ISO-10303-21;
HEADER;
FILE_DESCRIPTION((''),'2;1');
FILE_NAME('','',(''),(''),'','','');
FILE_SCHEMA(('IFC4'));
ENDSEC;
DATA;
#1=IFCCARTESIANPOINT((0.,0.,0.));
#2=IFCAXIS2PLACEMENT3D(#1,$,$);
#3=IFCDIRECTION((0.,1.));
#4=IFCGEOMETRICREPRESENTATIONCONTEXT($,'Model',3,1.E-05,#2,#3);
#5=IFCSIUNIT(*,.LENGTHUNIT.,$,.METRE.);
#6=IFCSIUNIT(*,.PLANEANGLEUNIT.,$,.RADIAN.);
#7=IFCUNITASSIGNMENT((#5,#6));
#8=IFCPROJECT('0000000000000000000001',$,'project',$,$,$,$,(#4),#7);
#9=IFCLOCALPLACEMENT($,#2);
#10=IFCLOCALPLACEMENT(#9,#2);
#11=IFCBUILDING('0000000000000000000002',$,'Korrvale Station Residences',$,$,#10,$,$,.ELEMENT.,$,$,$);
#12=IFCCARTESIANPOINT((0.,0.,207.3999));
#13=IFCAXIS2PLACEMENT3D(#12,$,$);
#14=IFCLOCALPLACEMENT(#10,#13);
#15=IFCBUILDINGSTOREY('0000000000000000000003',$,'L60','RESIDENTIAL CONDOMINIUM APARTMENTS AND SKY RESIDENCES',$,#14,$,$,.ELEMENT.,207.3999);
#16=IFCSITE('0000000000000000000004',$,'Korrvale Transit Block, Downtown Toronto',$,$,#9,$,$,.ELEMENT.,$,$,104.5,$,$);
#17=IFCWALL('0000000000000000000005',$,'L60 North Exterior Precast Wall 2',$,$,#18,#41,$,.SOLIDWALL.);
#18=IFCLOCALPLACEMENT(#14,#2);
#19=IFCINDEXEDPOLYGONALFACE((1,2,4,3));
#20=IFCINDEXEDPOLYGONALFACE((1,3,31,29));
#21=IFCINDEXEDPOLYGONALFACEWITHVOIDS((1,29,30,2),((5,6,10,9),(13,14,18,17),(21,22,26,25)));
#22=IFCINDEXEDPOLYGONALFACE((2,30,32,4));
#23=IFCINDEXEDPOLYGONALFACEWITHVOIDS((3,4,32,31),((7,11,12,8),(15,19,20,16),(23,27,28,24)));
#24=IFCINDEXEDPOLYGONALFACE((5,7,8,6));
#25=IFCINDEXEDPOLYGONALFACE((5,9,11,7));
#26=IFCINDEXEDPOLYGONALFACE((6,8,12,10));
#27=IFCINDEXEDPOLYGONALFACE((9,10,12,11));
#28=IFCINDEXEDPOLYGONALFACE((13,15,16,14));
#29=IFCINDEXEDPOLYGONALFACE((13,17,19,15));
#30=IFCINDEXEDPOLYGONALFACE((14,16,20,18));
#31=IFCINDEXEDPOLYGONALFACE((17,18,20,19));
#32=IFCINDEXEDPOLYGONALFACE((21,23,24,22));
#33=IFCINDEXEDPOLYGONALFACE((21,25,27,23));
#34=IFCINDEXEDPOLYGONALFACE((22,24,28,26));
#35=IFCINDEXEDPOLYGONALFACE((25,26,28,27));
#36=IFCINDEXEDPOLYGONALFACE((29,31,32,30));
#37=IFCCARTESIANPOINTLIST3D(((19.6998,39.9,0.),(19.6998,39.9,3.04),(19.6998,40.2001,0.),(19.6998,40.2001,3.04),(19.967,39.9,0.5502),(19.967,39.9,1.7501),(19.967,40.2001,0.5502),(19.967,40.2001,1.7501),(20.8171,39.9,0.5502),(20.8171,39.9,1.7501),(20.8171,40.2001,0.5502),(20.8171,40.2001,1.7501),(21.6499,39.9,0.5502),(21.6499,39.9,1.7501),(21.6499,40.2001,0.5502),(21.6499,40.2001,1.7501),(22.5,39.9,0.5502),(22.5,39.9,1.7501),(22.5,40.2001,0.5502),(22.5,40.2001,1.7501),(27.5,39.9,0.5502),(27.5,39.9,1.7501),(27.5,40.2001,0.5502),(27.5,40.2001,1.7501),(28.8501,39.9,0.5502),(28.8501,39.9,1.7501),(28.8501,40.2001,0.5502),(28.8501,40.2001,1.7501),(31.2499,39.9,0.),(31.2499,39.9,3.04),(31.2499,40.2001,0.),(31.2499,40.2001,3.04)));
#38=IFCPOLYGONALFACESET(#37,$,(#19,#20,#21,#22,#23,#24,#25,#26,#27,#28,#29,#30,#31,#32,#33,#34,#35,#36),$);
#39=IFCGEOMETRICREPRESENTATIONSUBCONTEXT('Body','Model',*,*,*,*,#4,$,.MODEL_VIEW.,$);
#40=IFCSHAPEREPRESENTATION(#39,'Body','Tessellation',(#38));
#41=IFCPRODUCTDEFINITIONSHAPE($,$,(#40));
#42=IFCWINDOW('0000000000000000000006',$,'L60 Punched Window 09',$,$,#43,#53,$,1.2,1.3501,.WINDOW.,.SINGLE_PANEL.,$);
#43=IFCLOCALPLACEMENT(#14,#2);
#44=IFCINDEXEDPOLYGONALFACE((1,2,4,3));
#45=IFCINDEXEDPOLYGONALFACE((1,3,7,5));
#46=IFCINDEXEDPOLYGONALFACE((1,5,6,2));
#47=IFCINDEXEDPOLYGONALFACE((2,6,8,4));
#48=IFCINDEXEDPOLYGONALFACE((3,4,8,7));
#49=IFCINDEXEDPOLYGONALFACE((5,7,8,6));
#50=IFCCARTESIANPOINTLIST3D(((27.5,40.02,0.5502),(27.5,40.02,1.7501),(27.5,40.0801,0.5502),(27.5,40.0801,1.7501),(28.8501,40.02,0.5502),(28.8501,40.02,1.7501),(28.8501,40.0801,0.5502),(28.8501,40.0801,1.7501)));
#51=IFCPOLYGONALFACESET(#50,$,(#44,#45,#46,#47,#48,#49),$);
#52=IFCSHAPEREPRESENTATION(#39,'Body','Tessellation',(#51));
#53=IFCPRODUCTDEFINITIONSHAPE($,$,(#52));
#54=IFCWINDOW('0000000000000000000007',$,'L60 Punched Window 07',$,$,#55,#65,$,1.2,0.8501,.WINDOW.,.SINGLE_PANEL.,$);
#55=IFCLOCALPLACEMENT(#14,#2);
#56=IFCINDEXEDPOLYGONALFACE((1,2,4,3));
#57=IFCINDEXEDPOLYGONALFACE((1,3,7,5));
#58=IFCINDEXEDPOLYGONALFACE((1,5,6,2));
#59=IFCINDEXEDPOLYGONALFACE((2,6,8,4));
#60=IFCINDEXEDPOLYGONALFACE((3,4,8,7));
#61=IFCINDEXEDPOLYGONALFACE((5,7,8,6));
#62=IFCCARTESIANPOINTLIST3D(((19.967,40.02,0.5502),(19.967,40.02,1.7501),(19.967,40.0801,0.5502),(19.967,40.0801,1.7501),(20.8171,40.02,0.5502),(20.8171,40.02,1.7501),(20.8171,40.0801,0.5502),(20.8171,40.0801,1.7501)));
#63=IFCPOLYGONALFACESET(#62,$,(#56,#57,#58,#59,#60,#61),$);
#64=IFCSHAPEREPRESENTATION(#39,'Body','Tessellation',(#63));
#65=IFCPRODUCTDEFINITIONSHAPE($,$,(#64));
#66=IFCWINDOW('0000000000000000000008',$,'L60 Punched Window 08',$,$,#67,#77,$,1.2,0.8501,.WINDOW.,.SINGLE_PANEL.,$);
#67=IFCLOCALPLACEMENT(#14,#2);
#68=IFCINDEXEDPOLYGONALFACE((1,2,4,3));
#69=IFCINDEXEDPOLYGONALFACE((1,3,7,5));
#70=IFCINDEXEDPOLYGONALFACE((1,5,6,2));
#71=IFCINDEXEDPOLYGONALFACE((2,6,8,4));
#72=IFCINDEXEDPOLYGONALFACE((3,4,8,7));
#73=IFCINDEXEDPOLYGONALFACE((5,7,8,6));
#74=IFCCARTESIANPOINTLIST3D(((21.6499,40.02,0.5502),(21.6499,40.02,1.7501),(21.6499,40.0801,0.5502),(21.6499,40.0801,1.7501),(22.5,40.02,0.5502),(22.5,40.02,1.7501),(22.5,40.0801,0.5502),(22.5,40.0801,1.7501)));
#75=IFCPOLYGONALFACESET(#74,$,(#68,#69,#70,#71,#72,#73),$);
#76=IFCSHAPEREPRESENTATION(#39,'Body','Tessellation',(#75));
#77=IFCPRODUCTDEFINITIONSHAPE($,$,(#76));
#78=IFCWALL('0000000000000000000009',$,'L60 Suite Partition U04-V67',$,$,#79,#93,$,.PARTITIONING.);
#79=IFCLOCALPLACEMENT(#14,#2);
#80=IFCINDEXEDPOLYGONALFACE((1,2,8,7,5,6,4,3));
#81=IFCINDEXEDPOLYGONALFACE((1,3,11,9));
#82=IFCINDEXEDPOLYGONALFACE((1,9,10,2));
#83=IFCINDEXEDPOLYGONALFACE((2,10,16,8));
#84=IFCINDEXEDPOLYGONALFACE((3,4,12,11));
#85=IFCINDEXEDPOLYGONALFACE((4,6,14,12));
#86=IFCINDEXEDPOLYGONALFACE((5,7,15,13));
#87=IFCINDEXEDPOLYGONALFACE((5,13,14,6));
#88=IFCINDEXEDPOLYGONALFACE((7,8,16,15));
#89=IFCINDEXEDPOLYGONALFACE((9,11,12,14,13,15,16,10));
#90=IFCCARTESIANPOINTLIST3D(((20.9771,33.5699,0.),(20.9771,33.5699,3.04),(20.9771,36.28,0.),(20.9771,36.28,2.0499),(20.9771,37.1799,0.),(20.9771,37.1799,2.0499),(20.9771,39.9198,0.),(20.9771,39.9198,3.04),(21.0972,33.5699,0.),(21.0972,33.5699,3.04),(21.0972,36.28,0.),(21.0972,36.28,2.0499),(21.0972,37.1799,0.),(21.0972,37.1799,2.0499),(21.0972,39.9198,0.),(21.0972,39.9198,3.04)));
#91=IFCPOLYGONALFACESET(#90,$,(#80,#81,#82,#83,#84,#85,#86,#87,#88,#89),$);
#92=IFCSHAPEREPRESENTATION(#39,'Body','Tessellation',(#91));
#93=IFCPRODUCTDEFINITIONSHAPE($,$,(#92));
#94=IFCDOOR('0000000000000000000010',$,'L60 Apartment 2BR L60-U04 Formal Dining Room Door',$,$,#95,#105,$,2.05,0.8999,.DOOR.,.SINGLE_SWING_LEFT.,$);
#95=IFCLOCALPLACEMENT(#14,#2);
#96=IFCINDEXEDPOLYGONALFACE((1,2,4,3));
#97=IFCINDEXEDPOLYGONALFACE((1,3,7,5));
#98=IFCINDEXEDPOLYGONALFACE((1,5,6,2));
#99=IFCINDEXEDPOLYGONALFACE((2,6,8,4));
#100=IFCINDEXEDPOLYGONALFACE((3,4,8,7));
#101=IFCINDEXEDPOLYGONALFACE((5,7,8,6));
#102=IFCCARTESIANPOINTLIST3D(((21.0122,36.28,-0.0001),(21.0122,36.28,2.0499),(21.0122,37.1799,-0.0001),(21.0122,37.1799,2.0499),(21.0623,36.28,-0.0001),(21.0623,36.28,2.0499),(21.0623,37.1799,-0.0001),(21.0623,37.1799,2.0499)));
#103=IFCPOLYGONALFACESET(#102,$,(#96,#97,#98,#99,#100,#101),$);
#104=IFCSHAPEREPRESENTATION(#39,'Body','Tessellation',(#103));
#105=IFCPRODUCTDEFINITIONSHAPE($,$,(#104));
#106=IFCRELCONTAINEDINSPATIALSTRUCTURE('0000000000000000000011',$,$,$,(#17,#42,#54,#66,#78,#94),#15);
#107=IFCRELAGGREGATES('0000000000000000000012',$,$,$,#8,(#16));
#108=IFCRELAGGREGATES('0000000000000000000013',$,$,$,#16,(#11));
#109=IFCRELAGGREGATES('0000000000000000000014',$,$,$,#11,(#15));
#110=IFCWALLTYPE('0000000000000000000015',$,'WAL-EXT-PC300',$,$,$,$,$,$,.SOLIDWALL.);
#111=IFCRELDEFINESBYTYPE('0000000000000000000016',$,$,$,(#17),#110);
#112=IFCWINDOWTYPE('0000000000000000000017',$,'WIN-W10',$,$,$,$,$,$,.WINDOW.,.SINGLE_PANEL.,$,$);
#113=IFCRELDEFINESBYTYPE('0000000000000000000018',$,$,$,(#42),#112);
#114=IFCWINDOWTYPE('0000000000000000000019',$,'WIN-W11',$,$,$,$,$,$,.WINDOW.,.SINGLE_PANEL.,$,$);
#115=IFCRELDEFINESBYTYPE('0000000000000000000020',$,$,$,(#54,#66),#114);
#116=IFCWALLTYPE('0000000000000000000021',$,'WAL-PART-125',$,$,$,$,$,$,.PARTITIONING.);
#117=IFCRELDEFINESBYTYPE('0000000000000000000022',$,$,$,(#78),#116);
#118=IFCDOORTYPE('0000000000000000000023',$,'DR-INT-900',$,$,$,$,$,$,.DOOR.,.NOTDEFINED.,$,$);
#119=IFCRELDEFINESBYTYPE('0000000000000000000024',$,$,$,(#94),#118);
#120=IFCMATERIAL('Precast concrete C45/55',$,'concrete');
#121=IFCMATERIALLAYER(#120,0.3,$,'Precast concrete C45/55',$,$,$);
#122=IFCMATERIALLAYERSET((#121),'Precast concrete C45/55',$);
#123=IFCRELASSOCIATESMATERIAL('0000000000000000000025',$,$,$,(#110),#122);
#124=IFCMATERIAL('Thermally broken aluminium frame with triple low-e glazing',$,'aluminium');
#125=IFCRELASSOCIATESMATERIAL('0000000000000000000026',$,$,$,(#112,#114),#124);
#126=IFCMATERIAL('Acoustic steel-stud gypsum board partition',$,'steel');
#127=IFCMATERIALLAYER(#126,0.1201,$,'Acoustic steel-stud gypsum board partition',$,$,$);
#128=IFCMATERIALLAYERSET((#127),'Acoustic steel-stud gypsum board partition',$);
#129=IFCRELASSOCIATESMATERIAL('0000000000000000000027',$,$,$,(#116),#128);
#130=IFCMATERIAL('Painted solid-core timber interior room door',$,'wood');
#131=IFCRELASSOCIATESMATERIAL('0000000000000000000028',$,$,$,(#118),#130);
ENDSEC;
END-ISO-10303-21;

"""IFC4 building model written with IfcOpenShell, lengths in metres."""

from ifc_helpers import new_model, si_unit, direction, frame, frame_2d, origin, place, context, subcontext, project, spatial, rectangle, extrude, material, layer, layer_set, type_object, element, fill, save


model = new_model("IFC4")

# Units and contexts
model_context = context("Model", 3, precision=1e-05, world=origin(), true_north=direction((0.0, 1.0)))
body_context = subcontext(model_context, "Body", "Model", "MODEL_VIEW")
ifc_project = project(units=[si_unit("LENGTHUNIT", "METRE"), si_unit("PLANEANGLEUNIT", "RADIAN")], contexts=[model_context])

# Site, building, storey
site_placement = place(None, origin())
site = spatial("IfcSite", under=ifc_project, at=site_placement, Name="Korrvale Transit Block, Downtown Toronto", CompositionType="ELEMENT", RefElevation=104.5)
building_placement = place(site_placement, origin())
building = spatial("IfcBuilding", under=site, at=building_placement, Name="Korrvale Station Residences", CompositionType="ELEMENT")
storey_placement = place(building_placement, frame((0.0, 0.0, 207.3999)))
storey = spatial("IfcBuildingStorey", under=building, at=storey_placement, Name="L60", Description="RESIDENTIAL CONDOMINIUM APARTMENTS AND SKY RESIDENCES", CompositionType="ELEMENT", Elevation=207.3999)

# Shared definitions
ifc_material_1 = material(Name="Precast concrete C45/55", Category="concrete")

# Wall, openings, windows
ifc_layer_1 = layer(ifc_material_1, 0.3, Name="Precast concrete C45/55")
ifc_layer_set_1 = layer_set([ifc_layer_1], Name="Precast concrete C45/55")
wall_type_1 = type_object("IfcWallType", Name="WAL-EXT-PC300", PredefinedType="SOLIDWALL", material=ifc_layer_set_1)
wall_1_placement = place(storey_placement, frame((19.7, 40.05, 0.0), z_axis=(0.0, 0.0, 1.0), x_axis=(1.0, 0.0, 0.0)))
wall_1 = element("IfcWall", 1, at=wall_1_placement, inside=storey, type_object=wall_type_1, Name="L60 North Exterior Precast Wall 2", PredefinedType="SOLIDWALL", context=body_context, shape_type="SweptSolid", body=[
    extrude(rectangle(XDim=11.55, YDim=0.3, at=frame_2d((5.7749, 0.0))), origin(), (0.0, 0.0, 1.0), 3.04),
])
opening_1_placement = place(wall_1_placement, frame((0.2671, 0.0, 0.55)))
opening_1 = element("IfcOpeningElement", 2, at=opening_1_placement, cuts=wall_1, PredefinedType="OPENING", context=body_context, shape_type="SweptSolid", body=[
    extrude(rectangle(XDim=0.8501, YDim=1.2, at=frame_2d((0.425, 0.6001))), frame((0.0, 0.1602, 0.0), z_axis=(0.0, -1.0, 0.0), x_axis=(1.0, 0.0, 0.0)), (0.0, 0.0, 1.0), 0.3201),
])
opening_2_placement = place(wall_1_placement, frame((1.95, 0.0, 0.55)))
opening_2 = element("IfcOpeningElement", 3, at=opening_2_placement, cuts=wall_1, PredefinedType="OPENING", context=body_context, shape_type="SweptSolid", body=[
    extrude(rectangle(XDim=0.8501, YDim=1.2, at=frame_2d((0.425, 0.6001))), frame((0.0, 0.1602, 0.0), z_axis=(0.0, -1.0, 0.0), x_axis=(1.0, 0.0, 0.0)), (0.0, 0.0, 1.0), 0.3201),
])
opening_3_placement = place(wall_1_placement, frame((7.8, 0.0, 0.55)))
opening_3 = element("IfcOpeningElement", 4, at=opening_3_placement, cuts=wall_1, PredefinedType="OPENING", context=body_context, shape_type="SweptSolid", body=[
    extrude(rectangle(XDim=1.3501, YDim=1.2, at=frame_2d((0.675, 0.6001))), frame((0.0, 0.1602, 0.0), z_axis=(0.0, -1.0, 0.0), x_axis=(1.0, 0.0, 0.0)), (0.0, 0.0, 1.0), 0.3201),
])
ifc_material_2 = material(Name="Thermally broken aluminium frame with triple low-e glazing", Category="aluminium")
window_type_1 = type_object("IfcWindowType", Name="WIN-W10", PartitioningType="SINGLE_PANEL", PredefinedType="WINDOW", material=ifc_material_2)
window_1_placement = place(opening_3_placement, origin())
window_1 = element("IfcWindow", 5, at=window_1_placement, inside=storey, type_object=window_type_1, Name="L60 Punched Window 09", OverallHeight=1.2, OverallWidth=1.3501, PartitioningType="SINGLE_PANEL", PredefinedType="WINDOW", context=body_context, shape_type="SweptSolid", body=[
    extrude(rectangle(XDim=1.3501, YDim=1.2, at=frame_2d((0.675, 0.6001))), frame((0.0, 0.03, 0.0), z_axis=(0.0, -1.0, 0.0), x_axis=(1.0, 0.0, 0.0)), (0.0, 0.0, 1.0), 0.0601),
])
fill(opening_3, window_1)
window_type_2 = type_object("IfcWindowType", Name="WIN-W11", PartitioningType="SINGLE_PANEL", PredefinedType="WINDOW", material=ifc_material_2)
window_2_placement = place(opening_1_placement, origin())
window_2 = element("IfcWindow", 6, at=window_2_placement, inside=storey, type_object=window_type_2, Name="L60 Punched Window 07", OverallHeight=1.2, OverallWidth=0.8501, PartitioningType="SINGLE_PANEL", PredefinedType="WINDOW", context=body_context, shape_type="SweptSolid", body=[
    extrude(rectangle(XDim=0.8501, YDim=1.2, at=frame_2d((0.425, 0.6001))), frame((0.0, 0.03, 0.0), z_axis=(0.0, -1.0, 0.0), x_axis=(1.0, 0.0, 0.0)), (0.0, 0.0, 1.0), 0.0601),
])
fill(opening_1, window_2)
window_3_placement = place(opening_2_placement, origin())
window_3 = element("IfcWindow", 7, at=window_3_placement, inside=storey, type_object=window_type_2, Name="L60 Punched Window 08", OverallHeight=1.2, OverallWidth=0.8501, PartitioningType="SINGLE_PANEL", PredefinedType="WINDOW", context=body_context, shape_type="SweptSolid", body=[
    extrude(rectangle(XDim=0.8501, YDim=1.2, at=frame_2d((0.425, 0.6001))), frame((0.0, 0.03, 0.0), z_axis=(0.0, -1.0, 0.0), x_axis=(1.0, 0.0, 0.0)), (0.0, 0.0, 1.0), 0.0601),
])
fill(opening_2, window_3)

# Wall, opening, door
ifc_material_3 = material(Name="Acoustic steel-stud gypsum board partition", Category="steel")
ifc_layer_2 = layer(ifc_material_3, 0.1201, Name="Acoustic steel-stud gypsum board partition")
ifc_layer_set_2 = layer_set([ifc_layer_2], Name="Acoustic steel-stud gypsum board partition")
wall_type_2 = type_object("IfcWallType", Name="WAL-PART-125", PredefinedType="PARTITIONING", material=ifc_layer_set_2)
wall_2_placement = place(storey_placement, frame((21.0371, 33.5701, 0.0), z_axis=(0.0, 0.0, 1.0), x_axis=(0.0, 1.0, 0.0)))
wall_2 = element("IfcWall", 8, at=wall_2_placement, inside=storey, type_object=wall_type_2, Name="L60 Suite Partition U04-V67", PredefinedType="PARTITIONING", context=body_context, shape_type="SweptSolid", body=[
    extrude(rectangle(XDim=6.3499, YDim=0.1201, at=frame_2d((3.1748, 0.0))), origin(), (0.0, 0.0, 1.0), 3.04),
])
opening_4_placement = place(wall_2_placement, frame((2.71, 0.0, 0.0)))
opening_4 = element("IfcOpeningElement", 9, at=opening_4_placement, cuts=wall_2, PredefinedType="OPENING", context=body_context, shape_type="SweptSolid", body=[
    extrude(rectangle(XDim=0.8999, YDim=2.05, at=frame_2d((0.45, 1.0249))), frame((0.0, 0.0701, 0.0), z_axis=(0.0, -1.0, 0.0), x_axis=(1.0, 0.0, 0.0)), (0.0, 0.0, 1.0), 0.1401),
])
ifc_material_4 = material(Name="Painted solid-core timber interior room door", Category="wood")
door_type_1 = type_object("IfcDoorType", Name="DR-INT-900", OperationType="NOTDEFINED", PredefinedType="DOOR", material=ifc_material_4)
door_1_placement = place(opening_4_placement, origin())
door_1 = element("IfcDoor", 10, at=door_1_placement, inside=storey, type_object=door_type_1, Name="L60 Apartment 2BR L60-U04 Formal Dining Room Door", OperationType="SINGLE_SWING_LEFT", OverallHeight=2.05, OverallWidth=0.8999, PredefinedType="DOOR", context=body_context, shape_type="SweptSolid", body=[
    extrude(rectangle(XDim=0.8999, YDim=2.05, at=frame_2d((0.45, 1.0249))), frame((0.0, 0.0249, 0.0), z_axis=(0.0, -1.0, 0.0), x_axis=(1.0, 0.0, 0.0)), (0.0, 0.0, 1.0), 0.05),
])
fill(opening_4, door_1)

save(model, "model.ifc")
